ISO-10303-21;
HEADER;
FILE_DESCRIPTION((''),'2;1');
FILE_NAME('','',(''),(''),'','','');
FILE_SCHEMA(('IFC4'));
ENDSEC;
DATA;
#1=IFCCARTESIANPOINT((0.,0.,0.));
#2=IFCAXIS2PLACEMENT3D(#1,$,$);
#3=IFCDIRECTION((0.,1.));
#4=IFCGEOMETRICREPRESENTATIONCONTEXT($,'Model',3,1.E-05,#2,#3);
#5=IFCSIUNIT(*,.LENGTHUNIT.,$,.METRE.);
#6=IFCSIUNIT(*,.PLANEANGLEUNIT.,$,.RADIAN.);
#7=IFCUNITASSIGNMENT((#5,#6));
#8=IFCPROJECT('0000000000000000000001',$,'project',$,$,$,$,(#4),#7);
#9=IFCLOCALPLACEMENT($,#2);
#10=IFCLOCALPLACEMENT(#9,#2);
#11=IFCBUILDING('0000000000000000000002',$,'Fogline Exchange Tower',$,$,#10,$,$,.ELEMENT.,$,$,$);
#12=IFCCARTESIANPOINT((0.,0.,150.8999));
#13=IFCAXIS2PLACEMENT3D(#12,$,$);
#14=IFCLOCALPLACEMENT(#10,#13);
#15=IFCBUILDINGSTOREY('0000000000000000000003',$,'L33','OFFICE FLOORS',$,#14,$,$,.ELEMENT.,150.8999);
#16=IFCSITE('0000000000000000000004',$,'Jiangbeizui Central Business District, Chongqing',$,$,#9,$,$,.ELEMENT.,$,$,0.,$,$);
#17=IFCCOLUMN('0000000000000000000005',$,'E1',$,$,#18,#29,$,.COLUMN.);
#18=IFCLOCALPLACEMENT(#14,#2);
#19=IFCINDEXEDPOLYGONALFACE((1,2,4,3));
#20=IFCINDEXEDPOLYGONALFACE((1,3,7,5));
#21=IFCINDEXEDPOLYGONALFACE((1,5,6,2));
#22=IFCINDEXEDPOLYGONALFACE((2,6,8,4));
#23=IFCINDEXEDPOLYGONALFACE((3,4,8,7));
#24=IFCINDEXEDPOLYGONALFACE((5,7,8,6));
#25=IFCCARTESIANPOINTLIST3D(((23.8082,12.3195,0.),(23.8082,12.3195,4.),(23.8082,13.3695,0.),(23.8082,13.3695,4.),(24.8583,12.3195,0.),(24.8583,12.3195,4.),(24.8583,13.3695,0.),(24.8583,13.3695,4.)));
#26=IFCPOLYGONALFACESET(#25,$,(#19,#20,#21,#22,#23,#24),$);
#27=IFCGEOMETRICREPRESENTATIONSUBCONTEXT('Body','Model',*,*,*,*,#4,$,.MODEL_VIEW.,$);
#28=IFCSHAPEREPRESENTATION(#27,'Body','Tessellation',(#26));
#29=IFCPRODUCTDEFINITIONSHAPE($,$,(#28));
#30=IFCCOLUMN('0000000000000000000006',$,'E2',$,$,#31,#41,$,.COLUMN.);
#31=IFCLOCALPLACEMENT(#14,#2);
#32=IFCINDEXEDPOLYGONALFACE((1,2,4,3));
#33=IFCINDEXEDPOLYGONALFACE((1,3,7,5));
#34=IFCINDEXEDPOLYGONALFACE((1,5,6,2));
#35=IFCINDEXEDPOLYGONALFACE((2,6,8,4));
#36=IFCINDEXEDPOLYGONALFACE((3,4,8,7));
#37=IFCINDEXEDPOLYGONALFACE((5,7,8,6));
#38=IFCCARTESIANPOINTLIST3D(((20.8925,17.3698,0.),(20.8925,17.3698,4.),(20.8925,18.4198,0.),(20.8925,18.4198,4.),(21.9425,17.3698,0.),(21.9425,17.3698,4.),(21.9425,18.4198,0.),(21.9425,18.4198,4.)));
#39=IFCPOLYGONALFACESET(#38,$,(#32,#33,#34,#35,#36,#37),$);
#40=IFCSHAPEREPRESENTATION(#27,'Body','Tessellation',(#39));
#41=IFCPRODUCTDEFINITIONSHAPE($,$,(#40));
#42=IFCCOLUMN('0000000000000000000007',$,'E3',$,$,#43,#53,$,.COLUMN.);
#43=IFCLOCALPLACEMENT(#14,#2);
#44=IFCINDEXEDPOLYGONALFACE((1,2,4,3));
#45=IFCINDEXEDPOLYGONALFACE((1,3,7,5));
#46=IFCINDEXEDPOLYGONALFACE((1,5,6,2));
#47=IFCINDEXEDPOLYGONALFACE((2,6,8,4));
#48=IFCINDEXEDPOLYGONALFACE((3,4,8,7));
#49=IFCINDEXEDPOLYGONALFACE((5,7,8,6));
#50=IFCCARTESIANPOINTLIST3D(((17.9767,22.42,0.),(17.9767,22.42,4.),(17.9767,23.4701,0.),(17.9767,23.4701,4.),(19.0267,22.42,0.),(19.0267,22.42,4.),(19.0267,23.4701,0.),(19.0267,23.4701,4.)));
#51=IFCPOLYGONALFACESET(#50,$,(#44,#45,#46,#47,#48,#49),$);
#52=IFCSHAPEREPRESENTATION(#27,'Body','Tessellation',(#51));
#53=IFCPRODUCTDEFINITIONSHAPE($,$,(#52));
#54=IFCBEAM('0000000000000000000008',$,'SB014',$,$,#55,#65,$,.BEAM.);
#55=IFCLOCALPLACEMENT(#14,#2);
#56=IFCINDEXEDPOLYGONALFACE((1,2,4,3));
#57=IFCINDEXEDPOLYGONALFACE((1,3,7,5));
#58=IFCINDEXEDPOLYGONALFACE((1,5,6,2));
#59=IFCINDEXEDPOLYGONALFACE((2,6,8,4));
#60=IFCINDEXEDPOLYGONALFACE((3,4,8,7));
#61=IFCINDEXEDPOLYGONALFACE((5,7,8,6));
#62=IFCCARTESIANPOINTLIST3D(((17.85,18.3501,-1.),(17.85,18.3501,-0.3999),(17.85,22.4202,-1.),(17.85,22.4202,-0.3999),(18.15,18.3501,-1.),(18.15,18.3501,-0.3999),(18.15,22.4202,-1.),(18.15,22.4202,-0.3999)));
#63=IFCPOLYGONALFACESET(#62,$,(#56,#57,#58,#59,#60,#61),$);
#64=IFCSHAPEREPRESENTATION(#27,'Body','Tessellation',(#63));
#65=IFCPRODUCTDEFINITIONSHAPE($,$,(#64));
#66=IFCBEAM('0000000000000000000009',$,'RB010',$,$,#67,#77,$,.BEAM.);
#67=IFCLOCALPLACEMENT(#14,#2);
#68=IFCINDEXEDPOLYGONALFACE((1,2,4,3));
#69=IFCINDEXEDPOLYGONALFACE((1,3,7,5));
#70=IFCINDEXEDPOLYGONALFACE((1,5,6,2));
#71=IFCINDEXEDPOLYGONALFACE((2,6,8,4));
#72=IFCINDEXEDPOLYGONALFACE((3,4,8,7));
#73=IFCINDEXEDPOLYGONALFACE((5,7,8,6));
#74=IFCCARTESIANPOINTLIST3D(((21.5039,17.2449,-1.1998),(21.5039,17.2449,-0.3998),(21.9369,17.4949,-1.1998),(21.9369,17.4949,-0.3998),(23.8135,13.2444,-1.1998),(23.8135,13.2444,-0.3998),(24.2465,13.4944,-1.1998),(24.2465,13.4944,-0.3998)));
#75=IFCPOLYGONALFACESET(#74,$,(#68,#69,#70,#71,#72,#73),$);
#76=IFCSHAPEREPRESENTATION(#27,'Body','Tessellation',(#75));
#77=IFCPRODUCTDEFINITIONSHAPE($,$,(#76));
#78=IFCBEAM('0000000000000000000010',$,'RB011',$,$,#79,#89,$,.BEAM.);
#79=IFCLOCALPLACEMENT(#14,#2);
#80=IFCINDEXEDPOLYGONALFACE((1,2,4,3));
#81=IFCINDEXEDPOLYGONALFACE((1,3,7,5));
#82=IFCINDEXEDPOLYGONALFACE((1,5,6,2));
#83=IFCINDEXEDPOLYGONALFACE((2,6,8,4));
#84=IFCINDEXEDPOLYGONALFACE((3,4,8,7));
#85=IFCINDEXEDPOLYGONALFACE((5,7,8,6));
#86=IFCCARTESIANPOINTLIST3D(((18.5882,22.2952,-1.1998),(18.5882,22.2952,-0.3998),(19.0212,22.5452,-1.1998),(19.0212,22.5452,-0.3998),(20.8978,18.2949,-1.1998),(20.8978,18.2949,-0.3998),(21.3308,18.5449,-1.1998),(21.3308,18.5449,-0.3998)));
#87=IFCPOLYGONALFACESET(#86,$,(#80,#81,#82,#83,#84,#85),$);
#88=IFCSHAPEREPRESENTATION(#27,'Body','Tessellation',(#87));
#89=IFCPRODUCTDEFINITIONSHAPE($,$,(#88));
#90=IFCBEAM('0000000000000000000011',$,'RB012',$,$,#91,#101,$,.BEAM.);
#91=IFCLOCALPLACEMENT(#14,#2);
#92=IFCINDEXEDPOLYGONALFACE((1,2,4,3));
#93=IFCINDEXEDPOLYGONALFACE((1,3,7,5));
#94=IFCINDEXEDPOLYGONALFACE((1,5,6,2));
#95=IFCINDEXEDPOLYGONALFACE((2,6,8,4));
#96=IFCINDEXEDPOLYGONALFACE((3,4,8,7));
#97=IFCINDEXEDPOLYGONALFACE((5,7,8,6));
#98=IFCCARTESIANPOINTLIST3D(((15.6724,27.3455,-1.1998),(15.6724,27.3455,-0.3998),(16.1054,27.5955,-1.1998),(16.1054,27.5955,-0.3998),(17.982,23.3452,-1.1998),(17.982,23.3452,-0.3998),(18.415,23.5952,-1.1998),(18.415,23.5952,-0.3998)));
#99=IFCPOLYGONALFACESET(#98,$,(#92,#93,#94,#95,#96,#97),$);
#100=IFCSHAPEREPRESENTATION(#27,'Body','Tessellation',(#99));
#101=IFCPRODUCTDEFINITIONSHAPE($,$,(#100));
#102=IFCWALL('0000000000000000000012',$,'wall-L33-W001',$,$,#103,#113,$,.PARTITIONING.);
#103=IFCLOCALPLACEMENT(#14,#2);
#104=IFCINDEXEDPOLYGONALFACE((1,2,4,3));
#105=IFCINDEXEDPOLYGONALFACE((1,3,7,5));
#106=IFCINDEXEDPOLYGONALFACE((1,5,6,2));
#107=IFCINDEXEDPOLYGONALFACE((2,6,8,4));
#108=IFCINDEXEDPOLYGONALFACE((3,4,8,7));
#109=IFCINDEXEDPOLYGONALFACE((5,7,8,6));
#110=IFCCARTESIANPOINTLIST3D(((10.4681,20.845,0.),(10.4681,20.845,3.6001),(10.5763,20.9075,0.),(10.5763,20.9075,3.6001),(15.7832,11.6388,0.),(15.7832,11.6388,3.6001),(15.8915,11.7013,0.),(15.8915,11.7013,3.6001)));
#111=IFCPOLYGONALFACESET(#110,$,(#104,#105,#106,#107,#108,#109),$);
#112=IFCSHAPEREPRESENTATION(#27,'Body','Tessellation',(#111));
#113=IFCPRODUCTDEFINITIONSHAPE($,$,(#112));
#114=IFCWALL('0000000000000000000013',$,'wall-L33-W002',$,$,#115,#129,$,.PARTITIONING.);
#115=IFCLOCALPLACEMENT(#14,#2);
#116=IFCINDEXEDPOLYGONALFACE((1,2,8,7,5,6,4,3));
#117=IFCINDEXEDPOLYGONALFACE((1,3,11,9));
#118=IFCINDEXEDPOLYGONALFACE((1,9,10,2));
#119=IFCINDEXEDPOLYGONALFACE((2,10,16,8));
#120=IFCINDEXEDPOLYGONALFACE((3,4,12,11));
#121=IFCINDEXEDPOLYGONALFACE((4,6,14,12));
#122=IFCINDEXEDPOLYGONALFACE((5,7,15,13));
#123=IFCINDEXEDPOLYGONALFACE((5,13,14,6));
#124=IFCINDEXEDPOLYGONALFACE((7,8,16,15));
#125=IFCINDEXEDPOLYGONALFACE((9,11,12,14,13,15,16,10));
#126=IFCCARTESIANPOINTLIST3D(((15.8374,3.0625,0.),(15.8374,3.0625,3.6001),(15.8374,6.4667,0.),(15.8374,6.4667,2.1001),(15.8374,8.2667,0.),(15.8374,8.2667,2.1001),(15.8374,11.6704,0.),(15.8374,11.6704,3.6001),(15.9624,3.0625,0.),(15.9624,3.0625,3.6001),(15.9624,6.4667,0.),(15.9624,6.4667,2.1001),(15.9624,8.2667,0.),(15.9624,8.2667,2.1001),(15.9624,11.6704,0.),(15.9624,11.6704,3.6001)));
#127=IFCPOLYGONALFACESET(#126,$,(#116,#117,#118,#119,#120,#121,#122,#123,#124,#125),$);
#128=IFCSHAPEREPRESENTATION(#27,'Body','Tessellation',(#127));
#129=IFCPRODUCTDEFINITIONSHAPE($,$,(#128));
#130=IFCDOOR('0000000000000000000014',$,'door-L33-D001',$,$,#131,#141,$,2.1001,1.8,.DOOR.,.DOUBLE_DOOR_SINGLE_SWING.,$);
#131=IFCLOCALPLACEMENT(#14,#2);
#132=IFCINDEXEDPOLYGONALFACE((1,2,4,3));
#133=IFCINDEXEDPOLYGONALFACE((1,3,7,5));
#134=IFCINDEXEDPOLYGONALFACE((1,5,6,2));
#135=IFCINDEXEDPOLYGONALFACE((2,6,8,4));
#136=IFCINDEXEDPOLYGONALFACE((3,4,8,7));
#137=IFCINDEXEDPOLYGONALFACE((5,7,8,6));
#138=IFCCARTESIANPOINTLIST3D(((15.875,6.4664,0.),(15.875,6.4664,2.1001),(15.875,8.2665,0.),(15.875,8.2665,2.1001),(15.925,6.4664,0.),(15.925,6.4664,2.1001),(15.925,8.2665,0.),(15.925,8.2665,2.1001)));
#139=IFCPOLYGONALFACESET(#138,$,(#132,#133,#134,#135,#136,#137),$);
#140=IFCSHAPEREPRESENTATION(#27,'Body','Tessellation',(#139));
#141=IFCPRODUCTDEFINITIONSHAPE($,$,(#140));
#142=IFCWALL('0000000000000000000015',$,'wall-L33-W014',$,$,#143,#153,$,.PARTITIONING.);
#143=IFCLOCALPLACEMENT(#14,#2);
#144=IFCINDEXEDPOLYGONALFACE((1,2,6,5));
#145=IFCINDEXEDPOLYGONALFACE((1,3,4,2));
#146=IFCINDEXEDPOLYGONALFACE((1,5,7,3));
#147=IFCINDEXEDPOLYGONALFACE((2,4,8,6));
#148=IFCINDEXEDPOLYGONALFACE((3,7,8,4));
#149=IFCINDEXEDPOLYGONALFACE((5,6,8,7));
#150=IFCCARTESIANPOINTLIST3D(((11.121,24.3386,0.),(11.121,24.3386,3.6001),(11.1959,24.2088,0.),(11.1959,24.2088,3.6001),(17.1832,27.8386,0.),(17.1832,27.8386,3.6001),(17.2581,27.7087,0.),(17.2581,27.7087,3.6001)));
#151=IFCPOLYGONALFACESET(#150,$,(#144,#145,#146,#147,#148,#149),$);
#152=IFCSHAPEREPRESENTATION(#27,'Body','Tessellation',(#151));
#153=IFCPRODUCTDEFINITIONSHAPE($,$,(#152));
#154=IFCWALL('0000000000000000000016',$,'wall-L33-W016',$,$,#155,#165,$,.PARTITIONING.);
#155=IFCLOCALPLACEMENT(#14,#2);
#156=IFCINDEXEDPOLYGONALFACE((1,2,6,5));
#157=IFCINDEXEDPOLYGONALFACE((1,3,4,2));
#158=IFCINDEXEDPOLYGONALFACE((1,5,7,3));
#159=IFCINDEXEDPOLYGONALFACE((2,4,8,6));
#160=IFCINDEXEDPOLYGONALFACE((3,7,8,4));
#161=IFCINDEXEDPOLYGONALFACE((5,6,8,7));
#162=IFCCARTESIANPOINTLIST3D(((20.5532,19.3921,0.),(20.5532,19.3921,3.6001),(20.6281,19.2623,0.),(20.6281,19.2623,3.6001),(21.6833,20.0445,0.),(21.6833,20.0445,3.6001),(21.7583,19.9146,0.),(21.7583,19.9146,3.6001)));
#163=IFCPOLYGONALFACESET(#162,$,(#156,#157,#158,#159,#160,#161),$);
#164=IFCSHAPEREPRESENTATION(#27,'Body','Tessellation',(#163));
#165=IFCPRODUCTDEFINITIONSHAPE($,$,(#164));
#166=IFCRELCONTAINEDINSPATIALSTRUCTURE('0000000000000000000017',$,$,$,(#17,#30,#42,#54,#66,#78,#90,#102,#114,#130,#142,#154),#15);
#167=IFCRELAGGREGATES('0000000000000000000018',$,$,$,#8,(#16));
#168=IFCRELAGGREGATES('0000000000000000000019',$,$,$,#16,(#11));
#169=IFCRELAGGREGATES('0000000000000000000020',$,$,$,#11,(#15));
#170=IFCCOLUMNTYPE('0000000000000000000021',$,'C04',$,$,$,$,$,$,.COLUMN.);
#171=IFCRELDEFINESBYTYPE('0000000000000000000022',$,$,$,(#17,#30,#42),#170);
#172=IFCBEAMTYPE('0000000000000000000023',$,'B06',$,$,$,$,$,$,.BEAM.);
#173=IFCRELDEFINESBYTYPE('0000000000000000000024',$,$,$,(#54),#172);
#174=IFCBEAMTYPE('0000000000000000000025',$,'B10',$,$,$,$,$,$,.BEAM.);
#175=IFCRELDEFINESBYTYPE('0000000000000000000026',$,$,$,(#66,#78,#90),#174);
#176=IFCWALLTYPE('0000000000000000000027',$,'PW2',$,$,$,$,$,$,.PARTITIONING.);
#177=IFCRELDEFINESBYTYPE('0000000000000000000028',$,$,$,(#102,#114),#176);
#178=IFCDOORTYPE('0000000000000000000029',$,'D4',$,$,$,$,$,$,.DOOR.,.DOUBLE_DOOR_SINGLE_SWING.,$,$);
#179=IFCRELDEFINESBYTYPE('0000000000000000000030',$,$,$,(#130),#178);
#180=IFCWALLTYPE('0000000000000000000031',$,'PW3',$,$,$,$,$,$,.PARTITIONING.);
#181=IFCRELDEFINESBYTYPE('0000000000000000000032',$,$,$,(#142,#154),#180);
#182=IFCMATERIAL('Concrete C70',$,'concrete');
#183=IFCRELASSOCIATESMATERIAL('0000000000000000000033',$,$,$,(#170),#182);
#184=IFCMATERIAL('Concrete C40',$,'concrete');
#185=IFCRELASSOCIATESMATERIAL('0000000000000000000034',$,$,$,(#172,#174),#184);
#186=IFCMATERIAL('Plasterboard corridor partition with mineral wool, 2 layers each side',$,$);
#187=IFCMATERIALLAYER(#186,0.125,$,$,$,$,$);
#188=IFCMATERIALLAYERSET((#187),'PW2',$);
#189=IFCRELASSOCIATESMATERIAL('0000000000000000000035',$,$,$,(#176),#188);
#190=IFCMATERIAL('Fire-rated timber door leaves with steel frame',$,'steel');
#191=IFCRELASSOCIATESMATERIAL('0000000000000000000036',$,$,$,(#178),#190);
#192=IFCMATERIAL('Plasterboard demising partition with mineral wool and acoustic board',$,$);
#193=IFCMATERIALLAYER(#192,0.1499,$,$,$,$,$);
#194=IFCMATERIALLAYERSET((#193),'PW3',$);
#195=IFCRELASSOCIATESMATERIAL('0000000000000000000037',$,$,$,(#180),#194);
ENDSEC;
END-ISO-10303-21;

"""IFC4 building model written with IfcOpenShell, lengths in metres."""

from ifc_helpers import new_model, si_unit, direction, frame, frame_2d, origin, origin_2d, place, context, subcontext, project, spatial, rectangle, extrude, material, layer, layer_set, material_profile, profile_set, type_object, element, fill, save


model = new_model("IFC4")

# Units and contexts
model_context = context("Model", 3, precision=1e-05, world=origin(), true_north=direction((0.0, 1.0)))
body_context = subcontext(model_context, "Body", "Model", "MODEL_VIEW")
ifc_project = project(units=[si_unit("LENGTHUNIT", "METRE"), si_unit("PLANEANGLEUNIT", "RADIAN")], contexts=[model_context])

# Site, building, storey
site_placement = place(None, origin())
site = spatial("IfcSite", under=ifc_project, at=site_placement, Name="Jiangbeizui Central Business District, Chongqing", CompositionType="ELEMENT", RefElevation=0.0)
building_placement = place(site_placement, origin())
building = spatial("IfcBuilding", under=site, at=building_placement, Name="Fogline Exchange Tower", CompositionType="ELEMENT")
storey_placement = place(building_placement, frame((0.0, 0.0, 150.8999)))
storey = spatial("IfcBuildingStorey", under=building, at=storey_placement, Name="L33", Description="OFFICE FLOORS", CompositionType="ELEMENT", Elevation=150.8999)

# Columns
ifc_material_1 = material(Name="Concrete C70", Category="concrete")
ifc_material_profile_1 = material_profile(ifc_material_1, rectangle(XDim=1.05, YDim=1.05, at=origin_2d()), Name="RC 1050x1050")
ifc_profile_set_1 = profile_set([ifc_material_profile_1], Name="Concrete C70")
column_type = type_object("IfcColumnType", Name="C04", PredefinedType="COLUMN", material=ifc_profile_set_1)
for number, where, z_axis, x_axis, name in (
    (1, (24.3333, 12.8445, 0.0), (0.0, 0.0, 1.0), (1.0, 0.0, 0.0), "E1"),
    (2, (21.4175, 17.8948, 0.0), (0.0, 0.0, 1.0), (1.0, 0.0, 0.0), "E2"),
    (3, (18.5017, 22.9451, 0.0), (0.0, 0.0, 1.0), (1.0, 0.0, 0.0), "E3"),
):
    element("IfcColumn", number, at=place(storey_placement, frame(where, z_axis=z_axis, x_axis=x_axis)), inside=storey, type_object=column_type, Name=name, PredefinedType="COLUMN", context=body_context, shape_type="SweptSolid", body=[
        extrude(rectangle(XDim=1.05, YDim=1.05, at=origin_2d()), origin(), (0.0, 0.0, 1.0), 4.0),
    ])

# Beams
ifc_material_2 = material(Name="Concrete C40", Category="concrete")
ifc_material_profile_2 = material_profile(ifc_material_2, rectangle(XDim=0.3, YDim=0.6001, at=origin_2d()), Name="RC 300x600")
ifc_profile_set_2 = profile_set([ifc_material_profile_2], Name="Concrete C40")
beam_type_1 = type_object("IfcBeamType", Name="B06", PredefinedType="BEAM", material=ifc_profile_set_2)
beam_1_placement = place(storey_placement, frame((18.0, 18.3501, -0.7), z_axis=(0.0, 1.0, 0.0), x_axis=(-1.0, 0.0, 0.0)))
element("IfcBeam", 4, at=beam_1_placement, inside=storey, type_object=beam_type_1, Name="SB014", PredefinedType="BEAM", context=body_context, shape_type="SweptSolid", body=[
    extrude(rectangle(XDim=0.3, YDim=0.6001, at=origin_2d()), origin(), (0.0, 0.0, 1.0), 4.0701),
])
ifc_material_profile_3 = material_profile(ifc_material_2, rectangle(XDim=0.5, YDim=0.8, at=origin_2d()), Name="RC 500x800")
ifc_profile_set_3 = profile_set([ifc_material_profile_3], Name="Concrete C40")
beam_type_2 = type_object("IfcBeamType", Name="B10", PredefinedType="BEAM", material=ifc_profile_set_3)
beam_2_placement = place(storey_placement, frame((24.03, 13.3694, -0.7998), z_axis=(-0.499982, 0.866036, 0.0), x_axis=(-0.866036, -0.499982, 0.0)))
element("IfcBeam", 5, at=beam_2_placement, inside=storey, type_object=beam_type_2, Name="RB010", PredefinedType="BEAM", context=body_context, shape_type="SweptSolid", body=[
    extrude(rectangle(XDim=0.5, YDim=0.8, at=origin_2d()), origin(), (0.0, 0.0, 1.0), 4.6194),
])
for number, where, z_axis, x_axis, name in (
    (6, (21.1143, 18.4199, -0.7998), (-0.500005, 0.866023, 0.0), (-0.866023, -0.500005, 0.0), "RB011"),
    (7, (18.1985, 23.4702, -0.7998), (-0.500005, 0.866023, 0.0), (-0.866023, -0.500005, 0.0), "RB012"),
):
    element("IfcBeam", number, at=place(storey_placement, frame(where, z_axis=z_axis, x_axis=x_axis)), inside=storey, type_object=beam_type_2, Name=name, PredefinedType="BEAM", context=body_context, shape_type="SweptSolid", body=[
        extrude(rectangle(XDim=0.5, YDim=0.8, at=origin_2d()), origin(), (0.0, 0.0, 1.0), 4.6191),
    ])

# Wall
ifc_material_3 = material(Name="Plasterboard corridor partition with mineral wool, 2 layers each side")
ifc_layer_1 = layer(ifc_material_3, 0.125)
ifc_layer_set_1 = layer_set([ifc_layer_1], Name="PW2")
wall_type_1 = type_object("IfcWallType", Name="PW2", PredefinedType="PARTITIONING", material=ifc_layer_set_1)
wall_1_placement = place(storey_placement, frame((10.5222, 20.8762, 0.0), z_axis=(0.0, 0.0, 1.0), x_axis=(0.499995, -0.866028, 0.0)))
element("IfcWall", 8, at=wall_1_placement, inside=storey, type_object=wall_type_1, Name="wall-L33-W001", PredefinedType="PARTITIONING", context=body_context, shape_type="SweptSolid", body=[
    extrude(rectangle(XDim=10.6304, YDim=0.125, at=frame_2d((5.3152, 0.0))), origin(), (0.0, 0.0, 1.0), 3.6001),
])

# Wall, opening, door
wall_2_placement = place(storey_placement, frame((15.8999, 11.6704, 0.0), z_axis=(0.0, 0.0, 1.0), x_axis=(0.0, -1.0, 0.0)))
wall_2 = element("IfcWall", 9, at=wall_2_placement, inside=storey, type_object=wall_type_1, Name="wall-L33-W002", PredefinedType="PARTITIONING", context=body_context, shape_type="SweptSolid", body=[
    extrude(rectangle(XDim=8.6079, YDim=0.125, at=frame_2d((4.304, 0.0))), origin(), (0.0, 0.0, 1.0), 3.6001),
])
opening_1_placement = place(wall_2_placement, frame((3.4038, 0.0, 0.0)))
opening_1 = element("IfcOpeningElement", 10, at=opening_1_placement, cuts=wall_2, PredefinedType="OPENING", context=body_context, shape_type="SweptSolid", body=[
    extrude(rectangle(XDim=1.8, YDim=2.1001, at=frame_2d((0.8999, 1.05))), frame((0.0, 0.0725, 0.0), z_axis=(0.0, -1.0, 0.0), x_axis=(1.0, 0.0, 0.0)), (0.0, 0.0, 1.0), 0.145),
])
ifc_material_4 = material(Name="Fire-rated timber door leaves with steel frame", Category="steel")
door_type_1 = type_object("IfcDoorType", Name="D4", OperationType="DOUBLE_DOOR_SINGLE_SWING", PredefinedType="DOOR", material=ifc_material_4)
door_1_placement = place(opening_1_placement, frame((1.8, 0.0, 0.0), z_axis=(0.0, 0.0, 1.0), x_axis=(-1.0, 0.0, 0.0)))
door_1 = element("IfcDoor", 11, at=door_1_placement, inside=storey, type_object=door_type_1, Name="door-L33-D001", OperationType="DOUBLE_DOOR_SINGLE_SWING", OverallHeight=2.1001, OverallWidth=1.8, PredefinedType="DOOR", context=body_context, shape_type="SweptSolid", body=[
    extrude(rectangle(XDim=1.8, YDim=2.1001, at=frame_2d((0.8999, 1.05))), frame((0.0, 0.0249, 0.0), z_axis=(0.0, -1.0, 0.0), x_axis=(1.0, 0.0, 0.0)), (0.0, 0.0, 1.0), 0.05),
])
fill(opening_1, door_1)

# Walls
ifc_material_5 = material(Name="Plasterboard demising partition with mineral wool and acoustic board")
ifc_layer_2 = layer(ifc_material_5, 0.1499)
ifc_layer_set_2 = layer_set([ifc_layer_2], Name="PW3")
wall_type_2 = type_object("IfcWallType", Name="PW3", PredefinedType="PARTITIONING", material=ifc_layer_set_2)
wall_3_placement = place(storey_placement, frame((11.1584, 24.2737, 0.0), z_axis=(0.0, 0.0, 1.0), x_axis=(0.866028, 0.499995, 0.0)))
element("IfcWall", 12, at=wall_3_placement, inside=storey, type_object=wall_type_2, Name="wall-L33-W014", PredefinedType="PARTITIONING", context=body_context, shape_type="SweptSolid", body=[
    extrude(rectangle(XDim=7.0, YDim=0.1499, at=frame_2d((3.5, 0.0))), origin(), (0.0, 0.0, 1.0), 3.6001),
])
wall_4_placement = place(storey_placement, frame((21.7207, 19.9795, 0.0), z_axis=(0.0, 0.0, 1.0), x_axis=(-0.86607, -0.499922, 0.0)))
element("IfcWall", 13, at=wall_4_placement, inside=storey, type_object=wall_type_2, Name="wall-L33-W016", PredefinedType="PARTITIONING", context=body_context, shape_type="SweptSolid", body=[
    extrude(rectangle(XDim=1.3049, YDim=0.1499, at=frame_2d((0.6523, 0.0))), origin(), (0.0, 0.0, 1.0), 3.6001),
])

save(model, "model.ifc")
